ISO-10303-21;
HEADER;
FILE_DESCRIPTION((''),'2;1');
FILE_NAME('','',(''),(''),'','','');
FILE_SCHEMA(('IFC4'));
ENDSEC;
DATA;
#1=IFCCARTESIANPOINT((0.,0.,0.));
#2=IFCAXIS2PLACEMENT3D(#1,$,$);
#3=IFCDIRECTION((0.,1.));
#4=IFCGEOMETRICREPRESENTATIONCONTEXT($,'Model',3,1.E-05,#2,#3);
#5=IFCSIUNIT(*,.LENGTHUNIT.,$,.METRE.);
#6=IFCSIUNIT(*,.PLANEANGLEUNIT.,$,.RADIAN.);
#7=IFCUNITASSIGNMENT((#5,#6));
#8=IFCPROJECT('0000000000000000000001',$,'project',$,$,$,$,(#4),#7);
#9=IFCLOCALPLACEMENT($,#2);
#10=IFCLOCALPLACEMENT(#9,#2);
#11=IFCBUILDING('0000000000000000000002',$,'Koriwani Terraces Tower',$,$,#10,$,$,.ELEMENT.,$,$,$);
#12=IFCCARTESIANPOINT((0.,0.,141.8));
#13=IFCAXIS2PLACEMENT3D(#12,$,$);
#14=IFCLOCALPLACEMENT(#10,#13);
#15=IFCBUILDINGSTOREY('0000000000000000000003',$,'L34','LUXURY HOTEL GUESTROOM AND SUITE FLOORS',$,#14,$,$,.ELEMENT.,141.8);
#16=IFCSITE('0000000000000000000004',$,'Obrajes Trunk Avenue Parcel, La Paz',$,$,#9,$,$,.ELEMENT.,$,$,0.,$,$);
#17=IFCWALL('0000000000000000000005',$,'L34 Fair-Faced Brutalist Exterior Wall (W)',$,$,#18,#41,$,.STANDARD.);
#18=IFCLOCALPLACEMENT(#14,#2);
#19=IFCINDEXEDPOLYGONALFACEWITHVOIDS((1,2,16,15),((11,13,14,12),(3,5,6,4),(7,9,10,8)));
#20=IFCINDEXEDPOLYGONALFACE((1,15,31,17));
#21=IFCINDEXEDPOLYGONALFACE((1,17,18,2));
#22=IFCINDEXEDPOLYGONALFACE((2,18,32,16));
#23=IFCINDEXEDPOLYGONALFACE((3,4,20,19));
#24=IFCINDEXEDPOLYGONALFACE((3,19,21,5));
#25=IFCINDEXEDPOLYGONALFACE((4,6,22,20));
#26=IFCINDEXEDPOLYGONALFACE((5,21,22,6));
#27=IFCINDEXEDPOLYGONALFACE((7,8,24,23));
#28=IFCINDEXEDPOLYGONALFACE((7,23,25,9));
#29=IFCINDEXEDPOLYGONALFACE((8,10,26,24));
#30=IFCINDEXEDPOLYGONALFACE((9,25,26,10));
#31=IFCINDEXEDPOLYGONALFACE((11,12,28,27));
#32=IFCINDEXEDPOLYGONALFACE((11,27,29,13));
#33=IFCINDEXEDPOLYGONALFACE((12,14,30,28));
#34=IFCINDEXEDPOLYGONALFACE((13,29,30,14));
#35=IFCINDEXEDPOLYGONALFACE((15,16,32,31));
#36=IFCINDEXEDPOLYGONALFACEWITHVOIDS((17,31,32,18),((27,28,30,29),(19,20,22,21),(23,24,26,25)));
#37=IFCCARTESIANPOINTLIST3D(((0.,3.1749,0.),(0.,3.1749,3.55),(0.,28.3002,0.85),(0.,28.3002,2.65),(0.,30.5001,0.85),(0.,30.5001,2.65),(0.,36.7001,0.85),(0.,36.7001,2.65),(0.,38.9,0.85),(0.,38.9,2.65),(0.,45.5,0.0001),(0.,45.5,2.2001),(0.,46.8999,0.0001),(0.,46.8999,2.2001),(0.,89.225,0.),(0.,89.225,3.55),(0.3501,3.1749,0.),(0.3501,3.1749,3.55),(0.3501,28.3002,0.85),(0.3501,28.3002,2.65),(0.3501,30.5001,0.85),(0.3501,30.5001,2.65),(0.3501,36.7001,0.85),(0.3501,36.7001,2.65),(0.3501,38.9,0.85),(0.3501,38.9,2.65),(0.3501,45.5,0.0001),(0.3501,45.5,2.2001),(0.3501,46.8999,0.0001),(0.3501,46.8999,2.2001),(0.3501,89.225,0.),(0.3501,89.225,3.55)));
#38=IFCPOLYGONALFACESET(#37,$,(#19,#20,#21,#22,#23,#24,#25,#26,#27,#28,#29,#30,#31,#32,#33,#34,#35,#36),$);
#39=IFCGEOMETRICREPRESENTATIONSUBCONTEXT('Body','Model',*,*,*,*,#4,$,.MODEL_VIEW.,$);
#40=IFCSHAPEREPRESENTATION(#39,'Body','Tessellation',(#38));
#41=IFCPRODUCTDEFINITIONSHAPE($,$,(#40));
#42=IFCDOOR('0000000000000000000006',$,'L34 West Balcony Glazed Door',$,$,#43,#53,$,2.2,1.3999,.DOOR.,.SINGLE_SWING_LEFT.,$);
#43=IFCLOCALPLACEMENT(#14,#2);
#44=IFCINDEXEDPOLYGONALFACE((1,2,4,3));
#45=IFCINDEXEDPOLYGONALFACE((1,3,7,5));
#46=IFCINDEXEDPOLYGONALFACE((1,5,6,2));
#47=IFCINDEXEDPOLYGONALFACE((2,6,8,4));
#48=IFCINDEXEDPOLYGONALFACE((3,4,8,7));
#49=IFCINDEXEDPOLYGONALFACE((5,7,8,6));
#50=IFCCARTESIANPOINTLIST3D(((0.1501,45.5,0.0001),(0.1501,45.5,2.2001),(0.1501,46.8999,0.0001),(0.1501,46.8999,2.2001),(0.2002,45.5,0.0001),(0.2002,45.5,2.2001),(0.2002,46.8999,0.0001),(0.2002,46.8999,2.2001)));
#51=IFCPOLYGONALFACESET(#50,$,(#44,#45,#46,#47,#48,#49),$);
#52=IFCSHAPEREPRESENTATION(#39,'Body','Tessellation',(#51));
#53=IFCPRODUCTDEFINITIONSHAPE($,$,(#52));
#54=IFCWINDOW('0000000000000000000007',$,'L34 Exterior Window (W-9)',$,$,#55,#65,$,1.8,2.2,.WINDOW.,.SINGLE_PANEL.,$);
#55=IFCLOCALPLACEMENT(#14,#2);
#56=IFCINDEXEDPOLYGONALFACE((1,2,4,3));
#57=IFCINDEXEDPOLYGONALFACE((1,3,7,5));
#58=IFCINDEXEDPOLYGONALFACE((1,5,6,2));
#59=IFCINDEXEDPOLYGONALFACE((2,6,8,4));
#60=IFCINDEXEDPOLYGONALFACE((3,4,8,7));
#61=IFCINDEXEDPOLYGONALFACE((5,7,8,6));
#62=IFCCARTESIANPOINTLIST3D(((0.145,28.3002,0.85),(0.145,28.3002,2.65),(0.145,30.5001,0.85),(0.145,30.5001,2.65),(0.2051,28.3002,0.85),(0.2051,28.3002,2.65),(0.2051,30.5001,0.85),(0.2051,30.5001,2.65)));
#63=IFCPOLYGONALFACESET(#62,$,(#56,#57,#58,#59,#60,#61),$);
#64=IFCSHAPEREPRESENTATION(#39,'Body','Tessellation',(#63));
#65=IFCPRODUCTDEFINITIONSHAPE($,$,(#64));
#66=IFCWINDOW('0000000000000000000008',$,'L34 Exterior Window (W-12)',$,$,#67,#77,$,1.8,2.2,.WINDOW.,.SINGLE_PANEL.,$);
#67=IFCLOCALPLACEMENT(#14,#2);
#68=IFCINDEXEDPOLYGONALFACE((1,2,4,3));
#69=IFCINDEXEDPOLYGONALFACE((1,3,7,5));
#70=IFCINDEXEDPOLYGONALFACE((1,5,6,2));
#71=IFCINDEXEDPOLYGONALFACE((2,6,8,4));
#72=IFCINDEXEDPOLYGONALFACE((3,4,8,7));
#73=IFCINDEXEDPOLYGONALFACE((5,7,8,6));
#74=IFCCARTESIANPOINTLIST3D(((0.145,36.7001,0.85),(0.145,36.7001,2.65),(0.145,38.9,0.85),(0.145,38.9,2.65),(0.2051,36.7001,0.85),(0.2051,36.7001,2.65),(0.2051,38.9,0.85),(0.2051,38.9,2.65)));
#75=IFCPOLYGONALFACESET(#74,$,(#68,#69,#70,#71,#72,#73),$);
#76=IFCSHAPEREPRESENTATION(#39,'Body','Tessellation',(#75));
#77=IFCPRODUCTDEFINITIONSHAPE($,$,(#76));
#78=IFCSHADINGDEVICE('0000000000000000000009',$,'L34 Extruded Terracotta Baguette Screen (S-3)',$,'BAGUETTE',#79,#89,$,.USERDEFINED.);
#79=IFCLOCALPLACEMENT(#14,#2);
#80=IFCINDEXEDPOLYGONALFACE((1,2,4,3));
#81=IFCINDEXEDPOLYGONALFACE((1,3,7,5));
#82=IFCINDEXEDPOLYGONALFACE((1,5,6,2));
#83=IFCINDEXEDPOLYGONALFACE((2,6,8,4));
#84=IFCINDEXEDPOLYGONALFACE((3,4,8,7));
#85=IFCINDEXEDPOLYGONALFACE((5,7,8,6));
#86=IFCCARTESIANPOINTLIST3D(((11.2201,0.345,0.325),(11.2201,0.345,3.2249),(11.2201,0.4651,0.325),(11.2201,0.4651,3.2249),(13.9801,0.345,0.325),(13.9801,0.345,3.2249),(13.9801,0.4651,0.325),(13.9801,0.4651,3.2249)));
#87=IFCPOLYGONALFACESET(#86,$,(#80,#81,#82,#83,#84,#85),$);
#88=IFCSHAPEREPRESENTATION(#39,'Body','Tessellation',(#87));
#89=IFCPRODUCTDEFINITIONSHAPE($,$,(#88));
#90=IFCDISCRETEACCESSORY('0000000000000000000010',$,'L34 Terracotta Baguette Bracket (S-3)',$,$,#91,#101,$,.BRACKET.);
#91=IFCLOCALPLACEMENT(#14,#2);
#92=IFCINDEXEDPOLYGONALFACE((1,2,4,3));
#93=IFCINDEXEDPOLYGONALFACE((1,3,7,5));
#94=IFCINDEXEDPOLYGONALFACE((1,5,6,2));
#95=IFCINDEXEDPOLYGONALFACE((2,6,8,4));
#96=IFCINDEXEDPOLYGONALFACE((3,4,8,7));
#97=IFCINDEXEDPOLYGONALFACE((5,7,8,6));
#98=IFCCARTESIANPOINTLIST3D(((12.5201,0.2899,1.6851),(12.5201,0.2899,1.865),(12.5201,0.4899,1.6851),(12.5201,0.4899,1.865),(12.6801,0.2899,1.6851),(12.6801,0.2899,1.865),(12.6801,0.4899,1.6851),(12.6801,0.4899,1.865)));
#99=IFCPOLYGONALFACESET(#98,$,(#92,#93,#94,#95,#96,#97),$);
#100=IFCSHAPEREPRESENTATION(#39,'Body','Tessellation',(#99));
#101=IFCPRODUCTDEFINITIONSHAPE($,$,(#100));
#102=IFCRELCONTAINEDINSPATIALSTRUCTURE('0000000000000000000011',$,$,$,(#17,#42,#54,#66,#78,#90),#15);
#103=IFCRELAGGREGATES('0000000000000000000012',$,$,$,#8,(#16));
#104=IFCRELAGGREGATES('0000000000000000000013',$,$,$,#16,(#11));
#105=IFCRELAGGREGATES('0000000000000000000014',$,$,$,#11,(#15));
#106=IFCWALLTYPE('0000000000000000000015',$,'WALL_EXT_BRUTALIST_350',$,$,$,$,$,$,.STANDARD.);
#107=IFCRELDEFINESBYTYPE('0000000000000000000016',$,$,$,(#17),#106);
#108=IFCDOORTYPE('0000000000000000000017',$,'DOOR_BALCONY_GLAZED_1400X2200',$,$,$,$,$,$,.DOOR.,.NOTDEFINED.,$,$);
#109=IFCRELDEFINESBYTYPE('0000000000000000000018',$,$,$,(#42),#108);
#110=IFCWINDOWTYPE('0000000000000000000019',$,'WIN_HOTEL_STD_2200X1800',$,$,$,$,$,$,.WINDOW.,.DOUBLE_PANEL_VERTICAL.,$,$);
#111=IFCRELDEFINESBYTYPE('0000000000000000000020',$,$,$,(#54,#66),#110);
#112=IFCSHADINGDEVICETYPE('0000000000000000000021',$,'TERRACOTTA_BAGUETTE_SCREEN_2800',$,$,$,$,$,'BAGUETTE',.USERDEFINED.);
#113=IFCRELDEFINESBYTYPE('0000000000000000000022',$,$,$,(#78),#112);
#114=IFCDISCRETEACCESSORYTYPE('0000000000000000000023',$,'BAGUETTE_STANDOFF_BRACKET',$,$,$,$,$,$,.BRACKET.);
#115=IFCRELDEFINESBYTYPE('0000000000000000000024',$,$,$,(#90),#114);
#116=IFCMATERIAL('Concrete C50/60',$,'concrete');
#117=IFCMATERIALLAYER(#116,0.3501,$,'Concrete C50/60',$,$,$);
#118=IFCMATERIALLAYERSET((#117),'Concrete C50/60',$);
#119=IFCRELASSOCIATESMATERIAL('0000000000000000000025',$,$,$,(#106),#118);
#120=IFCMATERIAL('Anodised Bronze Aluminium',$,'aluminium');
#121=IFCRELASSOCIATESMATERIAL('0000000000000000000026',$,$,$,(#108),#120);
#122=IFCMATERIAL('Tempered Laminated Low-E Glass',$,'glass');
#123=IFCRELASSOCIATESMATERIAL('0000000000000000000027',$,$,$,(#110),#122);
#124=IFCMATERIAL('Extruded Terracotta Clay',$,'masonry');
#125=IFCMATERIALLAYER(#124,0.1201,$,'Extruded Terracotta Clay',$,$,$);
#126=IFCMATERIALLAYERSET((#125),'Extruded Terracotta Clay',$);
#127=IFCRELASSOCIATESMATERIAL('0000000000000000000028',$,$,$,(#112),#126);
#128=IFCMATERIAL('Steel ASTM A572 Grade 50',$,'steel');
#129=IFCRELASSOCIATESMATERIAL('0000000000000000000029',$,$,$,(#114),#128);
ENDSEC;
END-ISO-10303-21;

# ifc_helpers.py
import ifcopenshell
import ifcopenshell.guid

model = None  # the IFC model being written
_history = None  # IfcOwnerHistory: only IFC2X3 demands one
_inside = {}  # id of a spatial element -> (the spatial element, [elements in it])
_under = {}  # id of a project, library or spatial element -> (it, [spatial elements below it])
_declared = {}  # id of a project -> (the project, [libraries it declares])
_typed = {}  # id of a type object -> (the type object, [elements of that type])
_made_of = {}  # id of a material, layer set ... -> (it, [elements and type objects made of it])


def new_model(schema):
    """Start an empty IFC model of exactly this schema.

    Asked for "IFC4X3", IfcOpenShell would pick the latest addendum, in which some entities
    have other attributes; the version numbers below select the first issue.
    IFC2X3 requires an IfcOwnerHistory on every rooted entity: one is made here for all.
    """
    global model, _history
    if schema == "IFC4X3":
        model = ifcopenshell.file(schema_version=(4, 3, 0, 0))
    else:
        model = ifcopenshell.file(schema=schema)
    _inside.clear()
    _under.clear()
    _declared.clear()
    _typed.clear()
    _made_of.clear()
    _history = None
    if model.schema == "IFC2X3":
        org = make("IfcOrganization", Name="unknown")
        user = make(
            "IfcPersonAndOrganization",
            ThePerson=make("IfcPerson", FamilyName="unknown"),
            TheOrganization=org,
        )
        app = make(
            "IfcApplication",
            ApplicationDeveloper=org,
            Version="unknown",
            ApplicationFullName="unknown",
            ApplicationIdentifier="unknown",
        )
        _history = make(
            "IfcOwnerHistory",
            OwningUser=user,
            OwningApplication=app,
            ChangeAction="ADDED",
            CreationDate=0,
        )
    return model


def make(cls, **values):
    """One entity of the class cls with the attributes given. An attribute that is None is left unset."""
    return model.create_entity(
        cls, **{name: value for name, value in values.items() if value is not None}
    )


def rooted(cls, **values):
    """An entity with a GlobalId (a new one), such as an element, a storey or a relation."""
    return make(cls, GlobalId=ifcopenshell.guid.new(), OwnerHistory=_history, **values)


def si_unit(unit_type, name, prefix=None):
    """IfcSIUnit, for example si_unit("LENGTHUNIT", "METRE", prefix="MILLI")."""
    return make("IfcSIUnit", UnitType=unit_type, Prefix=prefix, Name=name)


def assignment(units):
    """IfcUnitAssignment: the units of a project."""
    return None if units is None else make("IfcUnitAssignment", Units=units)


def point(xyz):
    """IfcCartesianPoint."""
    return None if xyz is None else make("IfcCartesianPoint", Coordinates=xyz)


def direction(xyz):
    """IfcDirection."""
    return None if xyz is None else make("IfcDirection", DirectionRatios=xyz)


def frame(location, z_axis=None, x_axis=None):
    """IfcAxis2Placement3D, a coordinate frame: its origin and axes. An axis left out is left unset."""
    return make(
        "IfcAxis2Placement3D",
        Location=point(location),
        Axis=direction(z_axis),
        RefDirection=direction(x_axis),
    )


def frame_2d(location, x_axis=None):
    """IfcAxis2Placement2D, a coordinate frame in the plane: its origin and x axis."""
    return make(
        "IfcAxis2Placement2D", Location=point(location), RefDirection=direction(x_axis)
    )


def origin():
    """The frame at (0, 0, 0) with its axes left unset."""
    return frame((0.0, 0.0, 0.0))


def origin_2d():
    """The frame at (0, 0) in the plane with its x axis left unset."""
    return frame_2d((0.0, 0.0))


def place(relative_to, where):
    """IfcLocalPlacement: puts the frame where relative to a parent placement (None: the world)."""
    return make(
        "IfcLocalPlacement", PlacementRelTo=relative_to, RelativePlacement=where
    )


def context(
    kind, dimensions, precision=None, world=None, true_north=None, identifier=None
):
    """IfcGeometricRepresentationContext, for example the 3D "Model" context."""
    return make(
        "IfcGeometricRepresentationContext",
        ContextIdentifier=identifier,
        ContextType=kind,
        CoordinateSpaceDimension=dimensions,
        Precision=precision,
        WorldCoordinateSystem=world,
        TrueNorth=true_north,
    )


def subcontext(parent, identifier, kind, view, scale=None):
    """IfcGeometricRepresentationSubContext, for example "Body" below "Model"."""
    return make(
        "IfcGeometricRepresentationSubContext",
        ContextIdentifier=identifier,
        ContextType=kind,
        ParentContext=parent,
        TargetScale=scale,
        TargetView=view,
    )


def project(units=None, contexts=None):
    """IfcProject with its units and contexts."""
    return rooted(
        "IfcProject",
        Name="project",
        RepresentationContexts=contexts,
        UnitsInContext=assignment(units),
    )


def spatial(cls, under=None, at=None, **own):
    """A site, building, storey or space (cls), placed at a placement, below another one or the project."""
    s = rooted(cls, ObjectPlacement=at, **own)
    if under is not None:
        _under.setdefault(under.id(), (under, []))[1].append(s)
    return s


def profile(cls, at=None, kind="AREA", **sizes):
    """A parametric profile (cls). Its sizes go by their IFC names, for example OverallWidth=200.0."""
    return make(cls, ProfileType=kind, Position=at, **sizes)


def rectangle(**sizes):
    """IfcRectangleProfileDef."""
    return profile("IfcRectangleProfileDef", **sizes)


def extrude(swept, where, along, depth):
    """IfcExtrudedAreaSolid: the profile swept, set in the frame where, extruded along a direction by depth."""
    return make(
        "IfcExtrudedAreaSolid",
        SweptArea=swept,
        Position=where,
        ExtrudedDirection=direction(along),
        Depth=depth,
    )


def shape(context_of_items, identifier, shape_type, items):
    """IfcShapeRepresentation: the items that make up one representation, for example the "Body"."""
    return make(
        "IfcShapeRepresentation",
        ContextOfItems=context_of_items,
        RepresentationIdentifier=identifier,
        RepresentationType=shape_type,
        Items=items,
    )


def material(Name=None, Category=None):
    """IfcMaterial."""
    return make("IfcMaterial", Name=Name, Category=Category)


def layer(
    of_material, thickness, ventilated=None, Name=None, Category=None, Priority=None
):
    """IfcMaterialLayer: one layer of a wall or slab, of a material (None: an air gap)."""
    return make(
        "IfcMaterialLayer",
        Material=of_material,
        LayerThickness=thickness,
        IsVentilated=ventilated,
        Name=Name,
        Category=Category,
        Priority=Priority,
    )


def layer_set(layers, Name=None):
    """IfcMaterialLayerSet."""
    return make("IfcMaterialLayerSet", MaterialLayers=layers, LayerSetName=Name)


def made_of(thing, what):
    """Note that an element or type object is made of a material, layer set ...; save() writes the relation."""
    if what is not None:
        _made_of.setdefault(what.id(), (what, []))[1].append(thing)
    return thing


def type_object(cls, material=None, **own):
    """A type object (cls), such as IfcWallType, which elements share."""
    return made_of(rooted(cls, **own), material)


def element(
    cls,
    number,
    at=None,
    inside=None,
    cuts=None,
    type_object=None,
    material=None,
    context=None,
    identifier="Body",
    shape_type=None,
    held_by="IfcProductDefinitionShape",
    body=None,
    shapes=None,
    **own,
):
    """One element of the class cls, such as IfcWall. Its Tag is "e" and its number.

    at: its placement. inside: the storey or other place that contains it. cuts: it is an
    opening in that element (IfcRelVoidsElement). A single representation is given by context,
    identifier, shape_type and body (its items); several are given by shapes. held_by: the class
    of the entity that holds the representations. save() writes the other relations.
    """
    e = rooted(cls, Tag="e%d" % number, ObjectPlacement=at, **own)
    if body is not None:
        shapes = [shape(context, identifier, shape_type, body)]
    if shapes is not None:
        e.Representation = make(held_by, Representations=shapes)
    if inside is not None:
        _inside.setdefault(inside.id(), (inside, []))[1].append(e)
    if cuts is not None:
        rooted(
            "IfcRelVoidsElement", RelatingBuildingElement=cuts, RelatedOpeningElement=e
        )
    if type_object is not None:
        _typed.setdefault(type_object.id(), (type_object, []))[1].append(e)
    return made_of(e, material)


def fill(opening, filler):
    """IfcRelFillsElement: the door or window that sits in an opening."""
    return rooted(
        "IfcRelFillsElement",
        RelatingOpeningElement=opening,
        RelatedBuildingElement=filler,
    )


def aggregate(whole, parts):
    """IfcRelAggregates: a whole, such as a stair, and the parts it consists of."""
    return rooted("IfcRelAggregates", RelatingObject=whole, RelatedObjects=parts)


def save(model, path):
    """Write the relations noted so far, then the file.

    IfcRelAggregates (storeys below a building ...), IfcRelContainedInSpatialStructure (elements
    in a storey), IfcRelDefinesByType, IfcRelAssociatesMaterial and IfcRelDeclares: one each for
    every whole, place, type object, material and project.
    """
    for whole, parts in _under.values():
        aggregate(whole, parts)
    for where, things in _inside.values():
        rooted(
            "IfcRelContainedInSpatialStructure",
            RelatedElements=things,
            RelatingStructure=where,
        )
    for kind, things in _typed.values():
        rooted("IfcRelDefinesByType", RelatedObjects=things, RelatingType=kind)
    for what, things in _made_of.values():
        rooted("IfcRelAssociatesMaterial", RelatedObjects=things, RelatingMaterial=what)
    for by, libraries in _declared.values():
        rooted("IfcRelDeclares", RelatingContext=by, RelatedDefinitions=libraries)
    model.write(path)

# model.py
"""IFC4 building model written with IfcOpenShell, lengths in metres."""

from ifc_helpers import new_model, si_unit, direction, frame, frame_2d, origin, origin_2d, place, context, subcontext, project, spatial, rectangle, extrude, material, layer, layer_set, type_object, element, fill, save


model = new_model("IFC4")

# Units and contexts
model_context = context("Model", 3, precision=1e-05, world=origin(), true_north=direction((0.0, 1.0)))
body_context = subcontext(model_context, "Body", "Model", "MODEL_VIEW")
ifc_project = project(units=[si_unit("LENGTHUNIT", "METRE"), si_unit("PLANEANGLEUNIT", "RADIAN")], contexts=[model_context])

# Site, building, storey
site_placement = place(None, origin())
site = spatial("IfcSite", under=ifc_project, at=site_placement, Name="Obrajes Trunk Avenue Parcel, La Paz", CompositionType="ELEMENT", RefElevation=0.0)
building_placement = place(site_placement, origin())
building = spatial("IfcBuilding", under=site, at=building_placement, Name="Koriwani Terraces Tower", CompositionType="ELEMENT")
storey_placement = place(building_placement, frame((0.0, 0.0, 141.8)))
storey = spatial("IfcBuildingStorey", under=building, at=storey_placement, Name="L34", Description="LUXURY HOTEL GUESTROOM AND SUITE FLOORS", CompositionType="ELEMENT", Elevation=141.8)

# Shared definitions
ifc_material_1 = material(Name="Concrete C50/60", Category="concrete")
ifc_material_2 = material(Name="Steel ASTM A572 Grade 50", Category="steel")

# Shared definitions
ifc_layer_1 = layer(ifc_material_1, 0.3501, Name="Concrete C50/60")
ifc_layer_set_1 = layer_set([ifc_layer_1], Name="Concrete C50/60")
wall_type_1 = type_object("IfcWallType", Name="WALL_EXT_BRUTALIST_350", PredefinedType="STANDARD", material=ifc_layer_set_1)

# Wall, openings, door, windows
wall_1_placement = place(storey_placement, frame((0.175, 3.175, 0.0), z_axis=(0.0, 0.0, 1.0), x_axis=(0.0, 1.0, 0.0)))
wall_1 = element("IfcWall", 1, at=wall_1_placement, inside=storey, type_object=wall_type_1, Name="L34 Fair-Faced Brutalist Exterior Wall (W)", PredefinedType="STANDARD", context=body_context, shape_type="SweptSolid", body=[
    extrude(rectangle(XDim=86.05, YDim=0.3501, at=frame_2d((43.0249, 0.0))), origin(), (0.0, 0.0, 1.0), 3.55),
])
opening_1_placement = place(wall_1_placement, frame((42.325, 0.0, 0.0)))
opening_1 = element("IfcOpeningElement", 2, at=opening_1_placement, cuts=wall_1, PredefinedType="OPENING", context=body_context, shape_type="SweptSolid", body=[
    extrude(rectangle(XDim=1.3999, YDim=2.2, at=frame_2d((0.7, 1.1001))), frame((0.0, 0.1851, 0.0), z_axis=(0.0, -1.0, 0.0), x_axis=(1.0, 0.0, 0.0)), (0.0, 0.0, 1.0), 0.3701),
])
opening_2_placement = place(wall_1_placement, frame((25.125, 0.0, 0.8501)))
opening_2 = element("IfcOpeningElement", 3, at=opening_2_placement, cuts=wall_1, PredefinedType="OPENING", context=body_context, shape_type="SweptSolid", body=[
    extrude(rectangle(XDim=2.2, YDim=1.8, at=frame_2d((1.1001, 0.8999))), frame((0.0, 0.1851, 0.0), z_axis=(0.0, -1.0, 0.0), x_axis=(1.0, 0.0, 0.0)), (0.0, 0.0, 1.0), 0.3701),
])
opening_3_placement = place(wall_1_placement, frame((33.5249, 0.0, 0.8501)))
opening_3 = element("IfcOpeningElement", 4, at=opening_3_placement, cuts=wall_1, PredefinedType="OPENING", context=body_context, shape_type="SweptSolid", body=[
    extrude(rectangle(XDim=2.2, YDim=1.8, at=frame_2d((1.1001, 0.8999))), frame((0.0, 0.1851, 0.0), z_axis=(0.0, -1.0, 0.0), x_axis=(1.0, 0.0, 0.0)), (0.0, 0.0, 1.0), 0.3701),
])
ifc_material_3 = material(Name="Anodised Bronze Aluminium", Category="aluminium")
door_type = type_object("IfcDoorType", Name="DOOR_BALCONY_GLAZED_1400X2200", OperationType="NOTDEFINED", PredefinedType="DOOR", material=ifc_material_3)
door_placement = place(opening_1_placement, origin())
door = element("IfcDoor", 5, at=door_placement, inside=storey, type_object=door_type, Name="L34 West Balcony Glazed Door", OperationType="SINGLE_SWING_LEFT", OverallHeight=2.2, OverallWidth=1.3999, PredefinedType="DOOR", context=body_context, shape_type="SweptSolid", body=[
    extrude(rectangle(XDim=1.3999, YDim=2.2, at=frame_2d((0.7, 1.1001))), frame((0.0, 0.0249, 0.0), z_axis=(0.0, -1.0, 0.0), x_axis=(1.0, 0.0, 0.0)), (0.0, 0.0, 1.0), 0.05),
])
fill(opening_1, door)
ifc_material_4 = material(Name="Tempered Laminated Low-E Glass", Category="glass")
window_type = type_object("IfcWindowType", Name="WIN_HOTEL_STD_2200X1800", PartitioningType="DOUBLE_PANEL_VERTICAL", PredefinedType="WINDOW", material=ifc_material_4)
window_1_placement = place(opening_2_placement, origin())
window_1 = element("IfcWindow", 6, at=window_1_placement, inside=storey, type_object=window_type, Name="L34 Exterior Window (W-9)", OverallHeight=1.8, OverallWidth=2.2, PartitioningType="SINGLE_PANEL", PredefinedType="WINDOW", context=body_context, shape_type="SweptSolid", body=[
    extrude(rectangle(XDim=2.2, YDim=1.8, at=frame_2d((1.1001, 0.8999))), frame((0.0, 0.03, 0.0), z_axis=(0.0, -1.0, 0.0), x_axis=(1.0, 0.0, 0.0)), (0.0, 0.0, 1.0), 0.0601),
])
fill(opening_2, window_1)
window_2_placement = place(opening_3_placement, origin())
window_2 = element("IfcWindow", 7, at=window_2_placement, inside=storey, type_object=window_type, Name="L34 Exterior Window (W-12)", OverallHeight=1.8, OverallWidth=2.2, PartitioningType="SINGLE_PANEL", PredefinedType="WINDOW", context=body_context, shape_type="SweptSolid", body=[
    extrude(rectangle(XDim=2.2, YDim=1.8, at=frame_2d((1.1001, 0.8999))), frame((0.0, 0.03, 0.0), z_axis=(0.0, -1.0, 0.0), x_axis=(1.0, 0.0, 0.0)), (0.0, 0.0, 1.0), 0.0601),
])
fill(opening_3, window_2)

# Shading device
ifc_material_5 = material(Name="Extruded Terracotta Clay", Category="masonry")
ifc_layer_2 = layer(ifc_material_5, 0.1201, Name="Extruded Terracotta Clay")
ifc_layer_set_2 = layer_set([ifc_layer_2], Name="Extruded Terracotta Clay")
shading_device_type = type_object("IfcShadingDeviceType", Name="TERRACOTTA_BAGUETTE_SCREEN_2800", ElementType="BAGUETTE", PredefinedType="USERDEFINED", material=ifc_layer_set_2)
shading_device_placement = place(storey_placement, frame((12.6001, 0.405, 0.325), z_axis=(0.0, 0.0, 1.0), x_axis=(-1.0, 0.0, 0.0)))
element("IfcShadingDevice", 8, at=shading_device_placement, inside=storey, type_object=shading_device_type, Name="L34 Extruded Terracotta Baguette Screen (S-3)", ObjectType="BAGUETTE", PredefinedType="USERDEFINED", context=body_context, shape_type="SweptSolid", body=[
    extrude(rectangle(XDim=2.76, YDim=0.1201, at=origin_2d()), origin(), (0.0, 0.0, 1.0), 2.8999),
])

# Discrete accessory
discrete_accessory_type = type_object("IfcDiscreteAccessoryType", Name="BAGUETTE_STANDOFF_BRACKET", PredefinedType="BRACKET", material=ifc_material_2)
discrete_accessory_placement = place(storey_placement, frame((12.6001, 0.3899, 1.6851), z_axis=(0.0, 0.0, 1.0), x_axis=(-1.0, 0.0, 0.0)))
element("IfcDiscreteAccessory", 9, at=discrete_accessory_placement, inside=storey, type_object=discrete_accessory_type, Name="L34 Terracotta Baguette Bracket (S-3)", PredefinedType="BRACKET", context=body_context, shape_type="SweptSolid", body=[
    extrude(rectangle(XDim=0.1599, YDim=0.2, at=origin_2d()), origin(), (0.0, 0.0, 1.0), 0.1799),
])

save(model, "model.ifc")
